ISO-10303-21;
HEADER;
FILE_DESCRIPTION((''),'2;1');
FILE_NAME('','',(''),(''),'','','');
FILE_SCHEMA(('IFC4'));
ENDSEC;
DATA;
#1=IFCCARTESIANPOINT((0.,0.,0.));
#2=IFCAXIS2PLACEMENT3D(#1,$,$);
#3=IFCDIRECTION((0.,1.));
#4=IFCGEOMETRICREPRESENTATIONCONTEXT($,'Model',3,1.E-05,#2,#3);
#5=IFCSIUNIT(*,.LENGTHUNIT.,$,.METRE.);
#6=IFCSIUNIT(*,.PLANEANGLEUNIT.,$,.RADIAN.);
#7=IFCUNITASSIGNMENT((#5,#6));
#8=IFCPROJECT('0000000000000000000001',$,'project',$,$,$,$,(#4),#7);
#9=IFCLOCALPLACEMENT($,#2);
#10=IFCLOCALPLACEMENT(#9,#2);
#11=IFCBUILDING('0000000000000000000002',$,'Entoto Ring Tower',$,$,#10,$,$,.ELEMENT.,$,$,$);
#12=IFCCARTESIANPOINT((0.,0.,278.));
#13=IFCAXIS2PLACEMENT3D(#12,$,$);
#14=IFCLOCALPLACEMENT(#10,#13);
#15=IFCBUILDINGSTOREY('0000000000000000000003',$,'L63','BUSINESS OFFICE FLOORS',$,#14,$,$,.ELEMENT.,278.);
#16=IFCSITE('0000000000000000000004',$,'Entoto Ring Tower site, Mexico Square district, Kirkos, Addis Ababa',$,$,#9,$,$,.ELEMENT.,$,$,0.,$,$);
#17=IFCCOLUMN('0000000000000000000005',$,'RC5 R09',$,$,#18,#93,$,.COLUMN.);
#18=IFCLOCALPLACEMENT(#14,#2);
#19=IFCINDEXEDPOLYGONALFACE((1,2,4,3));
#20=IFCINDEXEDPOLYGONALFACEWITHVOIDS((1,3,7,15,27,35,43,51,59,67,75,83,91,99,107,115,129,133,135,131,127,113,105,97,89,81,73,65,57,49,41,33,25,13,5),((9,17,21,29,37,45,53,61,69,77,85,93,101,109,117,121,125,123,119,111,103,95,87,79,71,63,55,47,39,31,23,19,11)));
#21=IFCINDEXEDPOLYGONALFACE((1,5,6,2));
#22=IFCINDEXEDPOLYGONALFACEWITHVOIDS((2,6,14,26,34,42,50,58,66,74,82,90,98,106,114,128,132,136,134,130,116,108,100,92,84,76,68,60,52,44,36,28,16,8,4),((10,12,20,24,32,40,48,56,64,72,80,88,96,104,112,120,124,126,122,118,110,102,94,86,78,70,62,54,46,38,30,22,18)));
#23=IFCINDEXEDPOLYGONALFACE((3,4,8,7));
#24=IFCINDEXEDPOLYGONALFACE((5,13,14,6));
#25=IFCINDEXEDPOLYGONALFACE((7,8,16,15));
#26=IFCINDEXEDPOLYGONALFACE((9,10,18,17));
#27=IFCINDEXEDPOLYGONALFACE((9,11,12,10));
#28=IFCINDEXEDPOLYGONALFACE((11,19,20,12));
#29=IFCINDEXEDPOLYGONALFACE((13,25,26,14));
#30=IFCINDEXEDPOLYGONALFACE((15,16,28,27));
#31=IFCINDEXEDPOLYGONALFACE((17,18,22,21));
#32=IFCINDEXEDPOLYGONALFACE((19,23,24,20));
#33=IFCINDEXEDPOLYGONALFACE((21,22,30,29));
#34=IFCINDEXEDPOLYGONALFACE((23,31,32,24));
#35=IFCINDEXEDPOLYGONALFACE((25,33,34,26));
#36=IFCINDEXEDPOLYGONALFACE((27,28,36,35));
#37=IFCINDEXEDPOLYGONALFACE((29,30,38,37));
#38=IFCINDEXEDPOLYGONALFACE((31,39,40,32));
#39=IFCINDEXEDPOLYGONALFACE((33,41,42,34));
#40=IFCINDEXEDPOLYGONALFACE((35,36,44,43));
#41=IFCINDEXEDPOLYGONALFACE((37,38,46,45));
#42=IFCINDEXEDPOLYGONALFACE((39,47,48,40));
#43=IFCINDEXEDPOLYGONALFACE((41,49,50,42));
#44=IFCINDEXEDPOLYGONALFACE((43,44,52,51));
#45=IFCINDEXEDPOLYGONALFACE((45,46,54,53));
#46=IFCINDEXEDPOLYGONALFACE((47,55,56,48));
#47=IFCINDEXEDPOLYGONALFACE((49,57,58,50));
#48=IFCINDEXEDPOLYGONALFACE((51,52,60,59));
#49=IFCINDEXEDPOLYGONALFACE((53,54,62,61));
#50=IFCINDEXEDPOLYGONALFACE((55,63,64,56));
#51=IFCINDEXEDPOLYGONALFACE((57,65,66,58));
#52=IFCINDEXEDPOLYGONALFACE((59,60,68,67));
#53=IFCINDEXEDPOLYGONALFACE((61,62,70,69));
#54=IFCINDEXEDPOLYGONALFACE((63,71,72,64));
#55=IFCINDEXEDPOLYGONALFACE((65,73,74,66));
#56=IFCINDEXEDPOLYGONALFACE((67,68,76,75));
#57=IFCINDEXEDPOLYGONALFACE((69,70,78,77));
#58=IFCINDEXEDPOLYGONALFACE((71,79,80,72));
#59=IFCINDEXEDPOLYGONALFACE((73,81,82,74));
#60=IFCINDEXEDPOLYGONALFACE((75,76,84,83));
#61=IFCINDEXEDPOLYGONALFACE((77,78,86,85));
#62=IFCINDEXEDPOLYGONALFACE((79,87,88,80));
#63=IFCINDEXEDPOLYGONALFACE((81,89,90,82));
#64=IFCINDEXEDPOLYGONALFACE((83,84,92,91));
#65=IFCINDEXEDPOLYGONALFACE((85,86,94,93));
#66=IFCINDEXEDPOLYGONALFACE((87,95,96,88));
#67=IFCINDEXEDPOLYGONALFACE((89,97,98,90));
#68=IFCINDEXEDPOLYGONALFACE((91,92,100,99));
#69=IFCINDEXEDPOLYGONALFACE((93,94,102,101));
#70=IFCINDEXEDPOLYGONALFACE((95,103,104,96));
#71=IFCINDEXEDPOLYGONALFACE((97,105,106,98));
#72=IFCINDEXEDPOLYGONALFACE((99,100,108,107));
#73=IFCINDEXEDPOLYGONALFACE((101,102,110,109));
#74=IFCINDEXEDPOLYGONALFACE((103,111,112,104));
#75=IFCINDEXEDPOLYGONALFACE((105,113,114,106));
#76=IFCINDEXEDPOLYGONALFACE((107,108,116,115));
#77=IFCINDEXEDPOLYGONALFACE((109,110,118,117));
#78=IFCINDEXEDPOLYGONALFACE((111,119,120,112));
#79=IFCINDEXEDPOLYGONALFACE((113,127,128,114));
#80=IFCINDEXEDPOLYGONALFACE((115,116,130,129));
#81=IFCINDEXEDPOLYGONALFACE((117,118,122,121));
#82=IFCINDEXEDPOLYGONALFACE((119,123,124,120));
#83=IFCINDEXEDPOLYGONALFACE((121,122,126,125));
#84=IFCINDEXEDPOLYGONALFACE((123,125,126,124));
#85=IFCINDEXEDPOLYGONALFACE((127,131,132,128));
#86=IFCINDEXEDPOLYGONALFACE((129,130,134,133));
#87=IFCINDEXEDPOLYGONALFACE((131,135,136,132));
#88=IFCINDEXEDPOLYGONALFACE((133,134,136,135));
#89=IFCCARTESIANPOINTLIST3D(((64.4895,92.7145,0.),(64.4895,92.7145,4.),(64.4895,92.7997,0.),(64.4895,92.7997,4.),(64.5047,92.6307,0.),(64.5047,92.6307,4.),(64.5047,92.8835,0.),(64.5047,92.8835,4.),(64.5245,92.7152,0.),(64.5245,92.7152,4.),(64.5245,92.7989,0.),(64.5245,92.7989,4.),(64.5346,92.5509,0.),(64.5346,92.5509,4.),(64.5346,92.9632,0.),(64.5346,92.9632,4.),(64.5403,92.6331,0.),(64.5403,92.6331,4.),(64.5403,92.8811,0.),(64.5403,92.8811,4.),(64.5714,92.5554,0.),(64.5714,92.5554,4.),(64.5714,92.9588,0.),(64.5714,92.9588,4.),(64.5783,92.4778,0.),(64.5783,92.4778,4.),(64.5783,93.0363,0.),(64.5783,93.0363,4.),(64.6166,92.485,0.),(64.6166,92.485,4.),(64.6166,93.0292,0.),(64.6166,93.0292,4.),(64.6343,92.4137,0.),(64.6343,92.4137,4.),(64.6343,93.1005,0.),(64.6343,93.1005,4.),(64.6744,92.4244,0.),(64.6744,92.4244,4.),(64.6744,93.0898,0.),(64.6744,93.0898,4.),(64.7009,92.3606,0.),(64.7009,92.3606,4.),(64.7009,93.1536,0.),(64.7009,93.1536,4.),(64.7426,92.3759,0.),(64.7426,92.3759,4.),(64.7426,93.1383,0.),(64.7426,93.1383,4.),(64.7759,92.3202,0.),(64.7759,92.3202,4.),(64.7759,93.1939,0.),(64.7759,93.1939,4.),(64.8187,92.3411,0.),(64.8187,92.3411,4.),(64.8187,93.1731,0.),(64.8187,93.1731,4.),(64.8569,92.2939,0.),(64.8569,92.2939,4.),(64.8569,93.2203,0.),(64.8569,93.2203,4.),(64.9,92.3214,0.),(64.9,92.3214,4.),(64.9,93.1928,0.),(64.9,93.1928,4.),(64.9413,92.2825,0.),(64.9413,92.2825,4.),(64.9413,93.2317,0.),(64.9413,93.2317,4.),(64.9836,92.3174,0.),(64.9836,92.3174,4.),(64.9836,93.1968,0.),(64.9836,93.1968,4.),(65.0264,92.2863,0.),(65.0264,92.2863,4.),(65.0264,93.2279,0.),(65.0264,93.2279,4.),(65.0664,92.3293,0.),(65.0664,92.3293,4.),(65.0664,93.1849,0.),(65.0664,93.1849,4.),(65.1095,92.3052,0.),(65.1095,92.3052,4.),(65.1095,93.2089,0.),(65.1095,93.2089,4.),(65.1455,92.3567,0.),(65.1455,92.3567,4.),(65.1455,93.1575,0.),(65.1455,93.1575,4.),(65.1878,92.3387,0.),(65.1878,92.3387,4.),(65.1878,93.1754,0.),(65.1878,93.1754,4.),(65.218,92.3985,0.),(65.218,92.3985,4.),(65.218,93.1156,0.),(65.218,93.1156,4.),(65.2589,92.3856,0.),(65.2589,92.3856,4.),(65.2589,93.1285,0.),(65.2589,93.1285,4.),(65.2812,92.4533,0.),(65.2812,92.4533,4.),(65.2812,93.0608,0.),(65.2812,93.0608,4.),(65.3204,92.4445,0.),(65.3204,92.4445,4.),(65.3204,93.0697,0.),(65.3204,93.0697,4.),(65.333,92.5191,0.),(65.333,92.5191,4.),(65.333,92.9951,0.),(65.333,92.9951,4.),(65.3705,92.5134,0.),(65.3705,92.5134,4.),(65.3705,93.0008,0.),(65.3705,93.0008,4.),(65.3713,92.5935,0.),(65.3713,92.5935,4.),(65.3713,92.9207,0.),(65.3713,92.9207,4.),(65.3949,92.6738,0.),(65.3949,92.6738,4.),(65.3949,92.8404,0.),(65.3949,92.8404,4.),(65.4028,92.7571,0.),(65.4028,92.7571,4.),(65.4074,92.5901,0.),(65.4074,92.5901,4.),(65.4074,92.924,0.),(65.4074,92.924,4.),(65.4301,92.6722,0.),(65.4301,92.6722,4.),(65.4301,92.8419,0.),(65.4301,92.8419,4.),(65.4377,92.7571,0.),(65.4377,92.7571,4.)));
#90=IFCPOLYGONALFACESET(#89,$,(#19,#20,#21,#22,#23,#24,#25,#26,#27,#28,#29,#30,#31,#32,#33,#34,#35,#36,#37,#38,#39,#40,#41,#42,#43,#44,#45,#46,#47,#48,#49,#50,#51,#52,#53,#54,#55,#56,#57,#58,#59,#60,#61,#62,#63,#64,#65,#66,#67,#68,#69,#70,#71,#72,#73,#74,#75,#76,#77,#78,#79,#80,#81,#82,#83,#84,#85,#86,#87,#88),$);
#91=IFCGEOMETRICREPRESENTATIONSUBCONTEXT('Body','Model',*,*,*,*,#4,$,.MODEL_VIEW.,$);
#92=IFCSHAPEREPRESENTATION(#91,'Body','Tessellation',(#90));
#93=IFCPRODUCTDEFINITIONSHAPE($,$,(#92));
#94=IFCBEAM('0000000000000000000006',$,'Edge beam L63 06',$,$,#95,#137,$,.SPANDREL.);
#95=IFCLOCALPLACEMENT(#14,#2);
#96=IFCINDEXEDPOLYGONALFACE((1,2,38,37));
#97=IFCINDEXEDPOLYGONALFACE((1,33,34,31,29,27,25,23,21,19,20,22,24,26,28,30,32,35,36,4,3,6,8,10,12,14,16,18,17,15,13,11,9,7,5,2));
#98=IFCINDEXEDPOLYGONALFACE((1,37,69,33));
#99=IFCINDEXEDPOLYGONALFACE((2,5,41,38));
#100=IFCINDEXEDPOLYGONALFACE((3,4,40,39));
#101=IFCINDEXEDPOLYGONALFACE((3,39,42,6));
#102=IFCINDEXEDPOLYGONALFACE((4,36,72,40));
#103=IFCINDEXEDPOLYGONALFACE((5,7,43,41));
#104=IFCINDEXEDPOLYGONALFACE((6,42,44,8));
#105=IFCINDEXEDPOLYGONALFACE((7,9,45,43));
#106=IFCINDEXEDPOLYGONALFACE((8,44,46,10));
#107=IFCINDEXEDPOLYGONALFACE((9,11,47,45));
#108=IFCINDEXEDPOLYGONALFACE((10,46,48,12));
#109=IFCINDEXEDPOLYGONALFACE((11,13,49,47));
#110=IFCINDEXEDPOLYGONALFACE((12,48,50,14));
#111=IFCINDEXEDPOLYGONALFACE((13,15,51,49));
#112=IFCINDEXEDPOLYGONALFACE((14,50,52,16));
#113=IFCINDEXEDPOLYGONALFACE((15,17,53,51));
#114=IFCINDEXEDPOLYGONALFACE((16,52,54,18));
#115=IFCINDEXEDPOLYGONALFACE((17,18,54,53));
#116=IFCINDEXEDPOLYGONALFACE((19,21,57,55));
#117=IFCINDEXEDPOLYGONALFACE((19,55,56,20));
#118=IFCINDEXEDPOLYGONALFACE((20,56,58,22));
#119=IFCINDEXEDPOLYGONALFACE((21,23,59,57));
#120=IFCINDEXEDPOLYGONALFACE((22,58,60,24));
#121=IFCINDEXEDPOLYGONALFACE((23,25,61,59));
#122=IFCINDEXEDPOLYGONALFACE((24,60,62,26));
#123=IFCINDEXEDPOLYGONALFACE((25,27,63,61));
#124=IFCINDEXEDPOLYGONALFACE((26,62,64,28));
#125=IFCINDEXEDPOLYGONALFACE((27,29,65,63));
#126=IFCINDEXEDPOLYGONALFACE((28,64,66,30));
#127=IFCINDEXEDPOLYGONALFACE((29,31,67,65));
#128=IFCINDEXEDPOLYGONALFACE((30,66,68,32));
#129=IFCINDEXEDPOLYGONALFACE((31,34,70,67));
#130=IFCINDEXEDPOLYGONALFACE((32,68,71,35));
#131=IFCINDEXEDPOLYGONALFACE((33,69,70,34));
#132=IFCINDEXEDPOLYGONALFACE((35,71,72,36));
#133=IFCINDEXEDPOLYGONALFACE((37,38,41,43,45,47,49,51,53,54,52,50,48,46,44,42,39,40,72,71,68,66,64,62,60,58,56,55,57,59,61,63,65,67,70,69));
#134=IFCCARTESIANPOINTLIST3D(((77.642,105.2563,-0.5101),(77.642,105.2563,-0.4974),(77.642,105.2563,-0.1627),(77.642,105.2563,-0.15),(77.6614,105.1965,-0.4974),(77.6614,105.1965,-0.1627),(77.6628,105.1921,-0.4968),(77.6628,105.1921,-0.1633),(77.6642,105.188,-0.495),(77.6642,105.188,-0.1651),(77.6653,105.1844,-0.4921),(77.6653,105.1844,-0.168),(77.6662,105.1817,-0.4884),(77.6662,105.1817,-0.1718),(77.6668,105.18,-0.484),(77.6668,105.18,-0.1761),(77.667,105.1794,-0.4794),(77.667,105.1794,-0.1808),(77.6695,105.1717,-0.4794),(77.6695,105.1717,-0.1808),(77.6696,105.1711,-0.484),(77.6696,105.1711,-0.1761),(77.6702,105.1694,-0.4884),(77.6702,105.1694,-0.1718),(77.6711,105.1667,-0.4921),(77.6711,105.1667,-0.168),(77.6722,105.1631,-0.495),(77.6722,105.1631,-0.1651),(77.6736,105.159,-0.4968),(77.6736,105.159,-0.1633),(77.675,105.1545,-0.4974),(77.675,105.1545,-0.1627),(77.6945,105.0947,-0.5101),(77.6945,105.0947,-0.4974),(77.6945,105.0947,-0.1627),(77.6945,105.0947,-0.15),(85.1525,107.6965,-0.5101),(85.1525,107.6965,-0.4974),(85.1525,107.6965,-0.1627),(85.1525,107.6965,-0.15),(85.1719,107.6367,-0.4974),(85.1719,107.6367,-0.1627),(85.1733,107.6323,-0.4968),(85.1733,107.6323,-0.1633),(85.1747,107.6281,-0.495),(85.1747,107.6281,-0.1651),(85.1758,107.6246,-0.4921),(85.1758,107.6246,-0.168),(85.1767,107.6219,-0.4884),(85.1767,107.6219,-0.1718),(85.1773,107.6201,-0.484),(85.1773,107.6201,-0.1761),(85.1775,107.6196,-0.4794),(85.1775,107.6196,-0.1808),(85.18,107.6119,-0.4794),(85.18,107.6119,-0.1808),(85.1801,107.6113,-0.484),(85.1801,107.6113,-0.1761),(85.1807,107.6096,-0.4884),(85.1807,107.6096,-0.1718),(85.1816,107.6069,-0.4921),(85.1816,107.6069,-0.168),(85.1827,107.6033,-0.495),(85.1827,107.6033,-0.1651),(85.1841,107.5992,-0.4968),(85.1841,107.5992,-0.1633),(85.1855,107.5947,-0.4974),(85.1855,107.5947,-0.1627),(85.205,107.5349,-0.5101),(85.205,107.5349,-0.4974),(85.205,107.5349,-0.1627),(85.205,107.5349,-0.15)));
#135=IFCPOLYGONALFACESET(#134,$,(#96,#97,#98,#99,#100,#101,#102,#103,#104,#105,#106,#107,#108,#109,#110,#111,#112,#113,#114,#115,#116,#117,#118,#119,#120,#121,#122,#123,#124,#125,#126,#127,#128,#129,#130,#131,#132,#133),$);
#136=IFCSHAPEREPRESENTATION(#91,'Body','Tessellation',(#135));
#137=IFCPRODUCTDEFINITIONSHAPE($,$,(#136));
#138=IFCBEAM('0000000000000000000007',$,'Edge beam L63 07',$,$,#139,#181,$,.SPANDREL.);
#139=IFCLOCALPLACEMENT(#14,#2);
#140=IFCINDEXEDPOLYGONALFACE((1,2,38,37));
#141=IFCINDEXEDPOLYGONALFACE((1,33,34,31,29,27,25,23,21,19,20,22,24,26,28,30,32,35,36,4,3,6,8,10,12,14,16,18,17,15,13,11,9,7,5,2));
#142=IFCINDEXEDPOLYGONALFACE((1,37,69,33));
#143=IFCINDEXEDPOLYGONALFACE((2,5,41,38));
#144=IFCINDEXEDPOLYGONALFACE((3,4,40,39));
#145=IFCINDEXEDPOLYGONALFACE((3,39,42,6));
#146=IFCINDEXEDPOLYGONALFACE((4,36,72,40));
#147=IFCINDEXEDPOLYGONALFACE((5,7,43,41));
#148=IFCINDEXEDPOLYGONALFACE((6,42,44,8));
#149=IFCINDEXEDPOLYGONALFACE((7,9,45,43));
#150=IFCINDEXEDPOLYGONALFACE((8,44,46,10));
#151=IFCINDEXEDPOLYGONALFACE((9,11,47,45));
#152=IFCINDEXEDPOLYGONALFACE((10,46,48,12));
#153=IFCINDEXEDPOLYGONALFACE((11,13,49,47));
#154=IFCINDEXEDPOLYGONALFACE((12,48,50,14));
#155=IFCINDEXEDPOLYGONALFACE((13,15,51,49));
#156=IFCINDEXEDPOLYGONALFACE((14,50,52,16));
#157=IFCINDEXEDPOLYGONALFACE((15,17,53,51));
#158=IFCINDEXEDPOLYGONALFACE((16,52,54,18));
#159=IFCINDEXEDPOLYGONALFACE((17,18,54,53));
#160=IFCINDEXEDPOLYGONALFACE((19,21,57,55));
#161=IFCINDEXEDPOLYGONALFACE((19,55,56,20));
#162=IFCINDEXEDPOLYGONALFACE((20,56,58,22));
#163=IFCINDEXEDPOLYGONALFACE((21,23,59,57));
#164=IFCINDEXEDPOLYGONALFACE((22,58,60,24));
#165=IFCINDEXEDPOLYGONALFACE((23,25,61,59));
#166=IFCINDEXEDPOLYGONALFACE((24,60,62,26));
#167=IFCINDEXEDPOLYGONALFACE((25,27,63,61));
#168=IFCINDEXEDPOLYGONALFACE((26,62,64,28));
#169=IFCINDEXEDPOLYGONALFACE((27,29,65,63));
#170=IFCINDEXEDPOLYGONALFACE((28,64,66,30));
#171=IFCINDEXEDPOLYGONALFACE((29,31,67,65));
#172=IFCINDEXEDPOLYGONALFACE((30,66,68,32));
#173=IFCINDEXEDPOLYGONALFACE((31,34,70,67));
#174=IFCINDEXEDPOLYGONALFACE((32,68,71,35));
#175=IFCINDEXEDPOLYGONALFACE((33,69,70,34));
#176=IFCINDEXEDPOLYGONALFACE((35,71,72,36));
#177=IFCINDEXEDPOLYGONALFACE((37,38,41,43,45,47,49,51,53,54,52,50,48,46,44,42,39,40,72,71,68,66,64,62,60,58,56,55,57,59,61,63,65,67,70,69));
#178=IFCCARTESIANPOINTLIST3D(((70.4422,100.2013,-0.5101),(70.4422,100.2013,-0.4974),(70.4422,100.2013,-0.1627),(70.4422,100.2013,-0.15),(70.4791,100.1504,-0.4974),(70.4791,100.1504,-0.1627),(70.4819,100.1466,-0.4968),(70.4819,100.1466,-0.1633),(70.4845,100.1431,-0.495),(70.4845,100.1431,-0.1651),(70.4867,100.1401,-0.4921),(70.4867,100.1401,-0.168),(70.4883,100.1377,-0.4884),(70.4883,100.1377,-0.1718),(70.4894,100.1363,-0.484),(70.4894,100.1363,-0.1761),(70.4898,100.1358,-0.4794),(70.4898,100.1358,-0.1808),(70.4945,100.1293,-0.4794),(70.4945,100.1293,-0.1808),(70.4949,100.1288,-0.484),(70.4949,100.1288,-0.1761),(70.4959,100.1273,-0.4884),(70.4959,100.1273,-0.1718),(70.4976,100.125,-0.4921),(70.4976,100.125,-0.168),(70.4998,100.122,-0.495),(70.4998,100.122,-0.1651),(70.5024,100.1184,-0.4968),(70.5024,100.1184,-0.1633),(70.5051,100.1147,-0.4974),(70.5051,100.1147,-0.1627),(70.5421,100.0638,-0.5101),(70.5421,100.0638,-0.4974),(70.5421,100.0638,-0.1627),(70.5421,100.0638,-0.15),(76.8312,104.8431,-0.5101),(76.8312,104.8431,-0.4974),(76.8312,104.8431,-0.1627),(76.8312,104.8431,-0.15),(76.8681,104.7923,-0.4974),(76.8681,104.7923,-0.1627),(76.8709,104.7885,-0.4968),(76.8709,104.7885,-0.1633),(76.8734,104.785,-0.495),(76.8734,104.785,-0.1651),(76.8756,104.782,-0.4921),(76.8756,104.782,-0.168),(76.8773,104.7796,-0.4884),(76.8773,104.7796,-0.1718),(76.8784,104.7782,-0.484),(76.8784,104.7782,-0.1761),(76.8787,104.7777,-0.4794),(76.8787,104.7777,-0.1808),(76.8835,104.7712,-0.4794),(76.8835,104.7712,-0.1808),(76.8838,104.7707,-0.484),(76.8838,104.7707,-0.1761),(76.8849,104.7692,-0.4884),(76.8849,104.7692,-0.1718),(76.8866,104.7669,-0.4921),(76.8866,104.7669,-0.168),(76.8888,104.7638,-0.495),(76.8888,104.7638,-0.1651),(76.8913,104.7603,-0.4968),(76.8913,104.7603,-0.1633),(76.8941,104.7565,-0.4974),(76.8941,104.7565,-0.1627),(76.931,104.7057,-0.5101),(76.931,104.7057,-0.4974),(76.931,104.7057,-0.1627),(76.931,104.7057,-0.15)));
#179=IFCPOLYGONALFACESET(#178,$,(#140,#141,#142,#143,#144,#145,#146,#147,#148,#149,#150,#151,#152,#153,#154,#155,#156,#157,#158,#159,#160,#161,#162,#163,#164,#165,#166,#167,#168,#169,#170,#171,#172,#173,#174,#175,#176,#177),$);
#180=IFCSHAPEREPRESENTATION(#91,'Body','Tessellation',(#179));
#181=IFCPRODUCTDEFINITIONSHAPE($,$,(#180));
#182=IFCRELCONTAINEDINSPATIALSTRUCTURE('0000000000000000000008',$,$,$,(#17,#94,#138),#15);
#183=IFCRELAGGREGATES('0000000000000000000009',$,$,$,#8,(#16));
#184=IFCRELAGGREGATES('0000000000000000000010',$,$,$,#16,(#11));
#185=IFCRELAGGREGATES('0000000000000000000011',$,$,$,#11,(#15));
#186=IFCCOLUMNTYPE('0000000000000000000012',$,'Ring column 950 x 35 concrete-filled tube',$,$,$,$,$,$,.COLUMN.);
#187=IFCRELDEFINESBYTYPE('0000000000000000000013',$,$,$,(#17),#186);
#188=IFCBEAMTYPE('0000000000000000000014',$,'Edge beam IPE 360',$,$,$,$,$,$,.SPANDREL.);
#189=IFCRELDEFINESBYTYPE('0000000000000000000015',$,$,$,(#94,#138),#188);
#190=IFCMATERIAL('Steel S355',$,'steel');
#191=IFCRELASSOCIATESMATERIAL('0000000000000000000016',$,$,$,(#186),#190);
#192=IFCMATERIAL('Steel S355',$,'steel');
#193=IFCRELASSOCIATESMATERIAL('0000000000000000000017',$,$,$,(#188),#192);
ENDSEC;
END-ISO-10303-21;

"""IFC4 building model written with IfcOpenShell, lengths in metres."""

from ifc_helpers import new_model, si_unit, direction, frame, origin, origin_2d, place, context, subcontext, project, spatial, circle, hollow_circle, i_section, extrude, material, material_profile, profile_set, type_object, element, save


model = new_model("IFC4")

# Units and contexts
model_context = context("Model", 3, precision=1e-05, world=origin(), true_north=direction((0.0, 1.0)))
body_context = subcontext(model_context, "Body", "Model", "MODEL_VIEW")
ifc_project = project(units=[si_unit("LENGTHUNIT", "METRE"), si_unit("PLANEANGLEUNIT", "RADIAN")], contexts=[model_context])

# Site, building, storey
site_placement = place(None, origin())
site = spatial("IfcSite", under=ifc_project, at=site_placement, Name="Entoto Ring Tower site, Mexico Square district, Kirkos, Addis Ababa", CompositionType="ELEMENT", RefElevation=0.0)
building_placement = place(site_placement, origin())
building = spatial("IfcBuilding", under=site, at=building_placement, Name="Entoto Ring Tower", CompositionType="ELEMENT")
storey_placement = place(building_placement, frame((0.0, 0.0, 278.0)))
storey = spatial("IfcBuildingStorey", under=building, at=storey_placement, Name="L63", Description="BUSINESS OFFICE FLOORS", CompositionType="ELEMENT", Elevation=278.0)

# Column
ifc_material_1 = material(Name="Steel S355", Category="steel")
ifc_material_profile_1 = material_profile(ifc_material_1, hollow_circle(Radius=0.4751, WallThickness=0.0349, at=origin_2d()), Name="CHS 950 x 35")
ifc_material_2 = material(Name="Concrete C60/75", Category="concrete")
ifc_material_profile_2 = material_profile(ifc_material_2, circle(Radius=0.4399, at=origin_2d()), Name="Concrete C60/75 infill")
ifc_profile_set_1 = profile_set([ifc_material_profile_1, ifc_material_profile_2], Name="Steel S355")
column_type = type_object("IfcColumnType", Name="Ring column 950 x 35 concrete-filled tube", PredefinedType="COLUMN", material=ifc_profile_set_1)
for number, where, z_axis, x_axis, name in (
    (1, (64.9626, 92.7571, 0.0), (0.0, 0.0, 1.0), (1.0, 0.0, 0.0), "RC5 R09"),
):
    element("IfcColumn", number, at=place(storey_placement, frame(where, z_axis=z_axis, x_axis=x_axis)), inside=storey, type_object=column_type, Name=name, PredefinedType="COLUMN", context=body_context, shape_type="SweptSolid", body=[
        extrude(hollow_circle(Radius=0.4751, WallThickness=0.0349, at=origin_2d()), origin(), (0.0, 0.0, 1.0), 4.0),
    ])

# Beams
ifc_material_3 = material(Name="Steel S355", Category="steel")
ifc_material_profile_3 = material_profile(ifc_material_3, i_section(OverallWidth=0.1699, OverallDepth=0.3601, WebThickness=0.0081, FlangeThickness=0.0127, FilletRadius=0.0181, at=origin_2d()), Name="IPE 360")
ifc_profile_set_2 = profile_set([ifc_material_profile_3], Name="Steel S355")
beam_type_1 = type_object("IfcBeamType", Name="Edge beam IPE 360", PredefinedType="SPANDREL", material=ifc_profile_set_2)
beam_1_placement = place(storey_placement, frame((85.1787, 107.6157, -0.3301), z_axis=(-0.951061, -0.309003, 0.0), x_axis=(0.309003, -0.951061, 0.0)))
element("IfcBeam", 2, at=beam_1_placement, inside=storey, type_object=beam_type_1, Name="Edge beam L63 06", PredefinedType="SPANDREL", context=body_context, shape_type="SweptSolid", body=[
    extrude(i_section(OverallWidth=0.1699, OverallDepth=0.3601, WebThickness=0.0081, FlangeThickness=0.0127, FilletRadius=0.0181, at=origin_2d()), origin(), (0.0, 0.0, 1.0), 7.897),
])
for number, where, z_axis, x_axis, name in (
    (3, (76.8811, 104.7744, -0.3301), (-0.809015, -0.587787, 0.0), (0.587787, -0.809015, 0.0), "Edge beam L63 07"),
):
    element("IfcBeam", number, at=place(storey_placement, frame(where, z_axis=z_axis, x_axis=x_axis)), inside=storey, type_object=beam_type_1, Name=name, PredefinedType="SPANDREL", context=body_context, shape_type="SweptSolid", body=[
        extrude(i_section(OverallWidth=0.1699, OverallDepth=0.3601, WebThickness=0.0081, FlangeThickness=0.0127, FilletRadius=0.0181, at=origin_2d()), origin(), (0.0, 0.0, 1.0), 7.8972),
    ])

save(model, "model.ifc")
